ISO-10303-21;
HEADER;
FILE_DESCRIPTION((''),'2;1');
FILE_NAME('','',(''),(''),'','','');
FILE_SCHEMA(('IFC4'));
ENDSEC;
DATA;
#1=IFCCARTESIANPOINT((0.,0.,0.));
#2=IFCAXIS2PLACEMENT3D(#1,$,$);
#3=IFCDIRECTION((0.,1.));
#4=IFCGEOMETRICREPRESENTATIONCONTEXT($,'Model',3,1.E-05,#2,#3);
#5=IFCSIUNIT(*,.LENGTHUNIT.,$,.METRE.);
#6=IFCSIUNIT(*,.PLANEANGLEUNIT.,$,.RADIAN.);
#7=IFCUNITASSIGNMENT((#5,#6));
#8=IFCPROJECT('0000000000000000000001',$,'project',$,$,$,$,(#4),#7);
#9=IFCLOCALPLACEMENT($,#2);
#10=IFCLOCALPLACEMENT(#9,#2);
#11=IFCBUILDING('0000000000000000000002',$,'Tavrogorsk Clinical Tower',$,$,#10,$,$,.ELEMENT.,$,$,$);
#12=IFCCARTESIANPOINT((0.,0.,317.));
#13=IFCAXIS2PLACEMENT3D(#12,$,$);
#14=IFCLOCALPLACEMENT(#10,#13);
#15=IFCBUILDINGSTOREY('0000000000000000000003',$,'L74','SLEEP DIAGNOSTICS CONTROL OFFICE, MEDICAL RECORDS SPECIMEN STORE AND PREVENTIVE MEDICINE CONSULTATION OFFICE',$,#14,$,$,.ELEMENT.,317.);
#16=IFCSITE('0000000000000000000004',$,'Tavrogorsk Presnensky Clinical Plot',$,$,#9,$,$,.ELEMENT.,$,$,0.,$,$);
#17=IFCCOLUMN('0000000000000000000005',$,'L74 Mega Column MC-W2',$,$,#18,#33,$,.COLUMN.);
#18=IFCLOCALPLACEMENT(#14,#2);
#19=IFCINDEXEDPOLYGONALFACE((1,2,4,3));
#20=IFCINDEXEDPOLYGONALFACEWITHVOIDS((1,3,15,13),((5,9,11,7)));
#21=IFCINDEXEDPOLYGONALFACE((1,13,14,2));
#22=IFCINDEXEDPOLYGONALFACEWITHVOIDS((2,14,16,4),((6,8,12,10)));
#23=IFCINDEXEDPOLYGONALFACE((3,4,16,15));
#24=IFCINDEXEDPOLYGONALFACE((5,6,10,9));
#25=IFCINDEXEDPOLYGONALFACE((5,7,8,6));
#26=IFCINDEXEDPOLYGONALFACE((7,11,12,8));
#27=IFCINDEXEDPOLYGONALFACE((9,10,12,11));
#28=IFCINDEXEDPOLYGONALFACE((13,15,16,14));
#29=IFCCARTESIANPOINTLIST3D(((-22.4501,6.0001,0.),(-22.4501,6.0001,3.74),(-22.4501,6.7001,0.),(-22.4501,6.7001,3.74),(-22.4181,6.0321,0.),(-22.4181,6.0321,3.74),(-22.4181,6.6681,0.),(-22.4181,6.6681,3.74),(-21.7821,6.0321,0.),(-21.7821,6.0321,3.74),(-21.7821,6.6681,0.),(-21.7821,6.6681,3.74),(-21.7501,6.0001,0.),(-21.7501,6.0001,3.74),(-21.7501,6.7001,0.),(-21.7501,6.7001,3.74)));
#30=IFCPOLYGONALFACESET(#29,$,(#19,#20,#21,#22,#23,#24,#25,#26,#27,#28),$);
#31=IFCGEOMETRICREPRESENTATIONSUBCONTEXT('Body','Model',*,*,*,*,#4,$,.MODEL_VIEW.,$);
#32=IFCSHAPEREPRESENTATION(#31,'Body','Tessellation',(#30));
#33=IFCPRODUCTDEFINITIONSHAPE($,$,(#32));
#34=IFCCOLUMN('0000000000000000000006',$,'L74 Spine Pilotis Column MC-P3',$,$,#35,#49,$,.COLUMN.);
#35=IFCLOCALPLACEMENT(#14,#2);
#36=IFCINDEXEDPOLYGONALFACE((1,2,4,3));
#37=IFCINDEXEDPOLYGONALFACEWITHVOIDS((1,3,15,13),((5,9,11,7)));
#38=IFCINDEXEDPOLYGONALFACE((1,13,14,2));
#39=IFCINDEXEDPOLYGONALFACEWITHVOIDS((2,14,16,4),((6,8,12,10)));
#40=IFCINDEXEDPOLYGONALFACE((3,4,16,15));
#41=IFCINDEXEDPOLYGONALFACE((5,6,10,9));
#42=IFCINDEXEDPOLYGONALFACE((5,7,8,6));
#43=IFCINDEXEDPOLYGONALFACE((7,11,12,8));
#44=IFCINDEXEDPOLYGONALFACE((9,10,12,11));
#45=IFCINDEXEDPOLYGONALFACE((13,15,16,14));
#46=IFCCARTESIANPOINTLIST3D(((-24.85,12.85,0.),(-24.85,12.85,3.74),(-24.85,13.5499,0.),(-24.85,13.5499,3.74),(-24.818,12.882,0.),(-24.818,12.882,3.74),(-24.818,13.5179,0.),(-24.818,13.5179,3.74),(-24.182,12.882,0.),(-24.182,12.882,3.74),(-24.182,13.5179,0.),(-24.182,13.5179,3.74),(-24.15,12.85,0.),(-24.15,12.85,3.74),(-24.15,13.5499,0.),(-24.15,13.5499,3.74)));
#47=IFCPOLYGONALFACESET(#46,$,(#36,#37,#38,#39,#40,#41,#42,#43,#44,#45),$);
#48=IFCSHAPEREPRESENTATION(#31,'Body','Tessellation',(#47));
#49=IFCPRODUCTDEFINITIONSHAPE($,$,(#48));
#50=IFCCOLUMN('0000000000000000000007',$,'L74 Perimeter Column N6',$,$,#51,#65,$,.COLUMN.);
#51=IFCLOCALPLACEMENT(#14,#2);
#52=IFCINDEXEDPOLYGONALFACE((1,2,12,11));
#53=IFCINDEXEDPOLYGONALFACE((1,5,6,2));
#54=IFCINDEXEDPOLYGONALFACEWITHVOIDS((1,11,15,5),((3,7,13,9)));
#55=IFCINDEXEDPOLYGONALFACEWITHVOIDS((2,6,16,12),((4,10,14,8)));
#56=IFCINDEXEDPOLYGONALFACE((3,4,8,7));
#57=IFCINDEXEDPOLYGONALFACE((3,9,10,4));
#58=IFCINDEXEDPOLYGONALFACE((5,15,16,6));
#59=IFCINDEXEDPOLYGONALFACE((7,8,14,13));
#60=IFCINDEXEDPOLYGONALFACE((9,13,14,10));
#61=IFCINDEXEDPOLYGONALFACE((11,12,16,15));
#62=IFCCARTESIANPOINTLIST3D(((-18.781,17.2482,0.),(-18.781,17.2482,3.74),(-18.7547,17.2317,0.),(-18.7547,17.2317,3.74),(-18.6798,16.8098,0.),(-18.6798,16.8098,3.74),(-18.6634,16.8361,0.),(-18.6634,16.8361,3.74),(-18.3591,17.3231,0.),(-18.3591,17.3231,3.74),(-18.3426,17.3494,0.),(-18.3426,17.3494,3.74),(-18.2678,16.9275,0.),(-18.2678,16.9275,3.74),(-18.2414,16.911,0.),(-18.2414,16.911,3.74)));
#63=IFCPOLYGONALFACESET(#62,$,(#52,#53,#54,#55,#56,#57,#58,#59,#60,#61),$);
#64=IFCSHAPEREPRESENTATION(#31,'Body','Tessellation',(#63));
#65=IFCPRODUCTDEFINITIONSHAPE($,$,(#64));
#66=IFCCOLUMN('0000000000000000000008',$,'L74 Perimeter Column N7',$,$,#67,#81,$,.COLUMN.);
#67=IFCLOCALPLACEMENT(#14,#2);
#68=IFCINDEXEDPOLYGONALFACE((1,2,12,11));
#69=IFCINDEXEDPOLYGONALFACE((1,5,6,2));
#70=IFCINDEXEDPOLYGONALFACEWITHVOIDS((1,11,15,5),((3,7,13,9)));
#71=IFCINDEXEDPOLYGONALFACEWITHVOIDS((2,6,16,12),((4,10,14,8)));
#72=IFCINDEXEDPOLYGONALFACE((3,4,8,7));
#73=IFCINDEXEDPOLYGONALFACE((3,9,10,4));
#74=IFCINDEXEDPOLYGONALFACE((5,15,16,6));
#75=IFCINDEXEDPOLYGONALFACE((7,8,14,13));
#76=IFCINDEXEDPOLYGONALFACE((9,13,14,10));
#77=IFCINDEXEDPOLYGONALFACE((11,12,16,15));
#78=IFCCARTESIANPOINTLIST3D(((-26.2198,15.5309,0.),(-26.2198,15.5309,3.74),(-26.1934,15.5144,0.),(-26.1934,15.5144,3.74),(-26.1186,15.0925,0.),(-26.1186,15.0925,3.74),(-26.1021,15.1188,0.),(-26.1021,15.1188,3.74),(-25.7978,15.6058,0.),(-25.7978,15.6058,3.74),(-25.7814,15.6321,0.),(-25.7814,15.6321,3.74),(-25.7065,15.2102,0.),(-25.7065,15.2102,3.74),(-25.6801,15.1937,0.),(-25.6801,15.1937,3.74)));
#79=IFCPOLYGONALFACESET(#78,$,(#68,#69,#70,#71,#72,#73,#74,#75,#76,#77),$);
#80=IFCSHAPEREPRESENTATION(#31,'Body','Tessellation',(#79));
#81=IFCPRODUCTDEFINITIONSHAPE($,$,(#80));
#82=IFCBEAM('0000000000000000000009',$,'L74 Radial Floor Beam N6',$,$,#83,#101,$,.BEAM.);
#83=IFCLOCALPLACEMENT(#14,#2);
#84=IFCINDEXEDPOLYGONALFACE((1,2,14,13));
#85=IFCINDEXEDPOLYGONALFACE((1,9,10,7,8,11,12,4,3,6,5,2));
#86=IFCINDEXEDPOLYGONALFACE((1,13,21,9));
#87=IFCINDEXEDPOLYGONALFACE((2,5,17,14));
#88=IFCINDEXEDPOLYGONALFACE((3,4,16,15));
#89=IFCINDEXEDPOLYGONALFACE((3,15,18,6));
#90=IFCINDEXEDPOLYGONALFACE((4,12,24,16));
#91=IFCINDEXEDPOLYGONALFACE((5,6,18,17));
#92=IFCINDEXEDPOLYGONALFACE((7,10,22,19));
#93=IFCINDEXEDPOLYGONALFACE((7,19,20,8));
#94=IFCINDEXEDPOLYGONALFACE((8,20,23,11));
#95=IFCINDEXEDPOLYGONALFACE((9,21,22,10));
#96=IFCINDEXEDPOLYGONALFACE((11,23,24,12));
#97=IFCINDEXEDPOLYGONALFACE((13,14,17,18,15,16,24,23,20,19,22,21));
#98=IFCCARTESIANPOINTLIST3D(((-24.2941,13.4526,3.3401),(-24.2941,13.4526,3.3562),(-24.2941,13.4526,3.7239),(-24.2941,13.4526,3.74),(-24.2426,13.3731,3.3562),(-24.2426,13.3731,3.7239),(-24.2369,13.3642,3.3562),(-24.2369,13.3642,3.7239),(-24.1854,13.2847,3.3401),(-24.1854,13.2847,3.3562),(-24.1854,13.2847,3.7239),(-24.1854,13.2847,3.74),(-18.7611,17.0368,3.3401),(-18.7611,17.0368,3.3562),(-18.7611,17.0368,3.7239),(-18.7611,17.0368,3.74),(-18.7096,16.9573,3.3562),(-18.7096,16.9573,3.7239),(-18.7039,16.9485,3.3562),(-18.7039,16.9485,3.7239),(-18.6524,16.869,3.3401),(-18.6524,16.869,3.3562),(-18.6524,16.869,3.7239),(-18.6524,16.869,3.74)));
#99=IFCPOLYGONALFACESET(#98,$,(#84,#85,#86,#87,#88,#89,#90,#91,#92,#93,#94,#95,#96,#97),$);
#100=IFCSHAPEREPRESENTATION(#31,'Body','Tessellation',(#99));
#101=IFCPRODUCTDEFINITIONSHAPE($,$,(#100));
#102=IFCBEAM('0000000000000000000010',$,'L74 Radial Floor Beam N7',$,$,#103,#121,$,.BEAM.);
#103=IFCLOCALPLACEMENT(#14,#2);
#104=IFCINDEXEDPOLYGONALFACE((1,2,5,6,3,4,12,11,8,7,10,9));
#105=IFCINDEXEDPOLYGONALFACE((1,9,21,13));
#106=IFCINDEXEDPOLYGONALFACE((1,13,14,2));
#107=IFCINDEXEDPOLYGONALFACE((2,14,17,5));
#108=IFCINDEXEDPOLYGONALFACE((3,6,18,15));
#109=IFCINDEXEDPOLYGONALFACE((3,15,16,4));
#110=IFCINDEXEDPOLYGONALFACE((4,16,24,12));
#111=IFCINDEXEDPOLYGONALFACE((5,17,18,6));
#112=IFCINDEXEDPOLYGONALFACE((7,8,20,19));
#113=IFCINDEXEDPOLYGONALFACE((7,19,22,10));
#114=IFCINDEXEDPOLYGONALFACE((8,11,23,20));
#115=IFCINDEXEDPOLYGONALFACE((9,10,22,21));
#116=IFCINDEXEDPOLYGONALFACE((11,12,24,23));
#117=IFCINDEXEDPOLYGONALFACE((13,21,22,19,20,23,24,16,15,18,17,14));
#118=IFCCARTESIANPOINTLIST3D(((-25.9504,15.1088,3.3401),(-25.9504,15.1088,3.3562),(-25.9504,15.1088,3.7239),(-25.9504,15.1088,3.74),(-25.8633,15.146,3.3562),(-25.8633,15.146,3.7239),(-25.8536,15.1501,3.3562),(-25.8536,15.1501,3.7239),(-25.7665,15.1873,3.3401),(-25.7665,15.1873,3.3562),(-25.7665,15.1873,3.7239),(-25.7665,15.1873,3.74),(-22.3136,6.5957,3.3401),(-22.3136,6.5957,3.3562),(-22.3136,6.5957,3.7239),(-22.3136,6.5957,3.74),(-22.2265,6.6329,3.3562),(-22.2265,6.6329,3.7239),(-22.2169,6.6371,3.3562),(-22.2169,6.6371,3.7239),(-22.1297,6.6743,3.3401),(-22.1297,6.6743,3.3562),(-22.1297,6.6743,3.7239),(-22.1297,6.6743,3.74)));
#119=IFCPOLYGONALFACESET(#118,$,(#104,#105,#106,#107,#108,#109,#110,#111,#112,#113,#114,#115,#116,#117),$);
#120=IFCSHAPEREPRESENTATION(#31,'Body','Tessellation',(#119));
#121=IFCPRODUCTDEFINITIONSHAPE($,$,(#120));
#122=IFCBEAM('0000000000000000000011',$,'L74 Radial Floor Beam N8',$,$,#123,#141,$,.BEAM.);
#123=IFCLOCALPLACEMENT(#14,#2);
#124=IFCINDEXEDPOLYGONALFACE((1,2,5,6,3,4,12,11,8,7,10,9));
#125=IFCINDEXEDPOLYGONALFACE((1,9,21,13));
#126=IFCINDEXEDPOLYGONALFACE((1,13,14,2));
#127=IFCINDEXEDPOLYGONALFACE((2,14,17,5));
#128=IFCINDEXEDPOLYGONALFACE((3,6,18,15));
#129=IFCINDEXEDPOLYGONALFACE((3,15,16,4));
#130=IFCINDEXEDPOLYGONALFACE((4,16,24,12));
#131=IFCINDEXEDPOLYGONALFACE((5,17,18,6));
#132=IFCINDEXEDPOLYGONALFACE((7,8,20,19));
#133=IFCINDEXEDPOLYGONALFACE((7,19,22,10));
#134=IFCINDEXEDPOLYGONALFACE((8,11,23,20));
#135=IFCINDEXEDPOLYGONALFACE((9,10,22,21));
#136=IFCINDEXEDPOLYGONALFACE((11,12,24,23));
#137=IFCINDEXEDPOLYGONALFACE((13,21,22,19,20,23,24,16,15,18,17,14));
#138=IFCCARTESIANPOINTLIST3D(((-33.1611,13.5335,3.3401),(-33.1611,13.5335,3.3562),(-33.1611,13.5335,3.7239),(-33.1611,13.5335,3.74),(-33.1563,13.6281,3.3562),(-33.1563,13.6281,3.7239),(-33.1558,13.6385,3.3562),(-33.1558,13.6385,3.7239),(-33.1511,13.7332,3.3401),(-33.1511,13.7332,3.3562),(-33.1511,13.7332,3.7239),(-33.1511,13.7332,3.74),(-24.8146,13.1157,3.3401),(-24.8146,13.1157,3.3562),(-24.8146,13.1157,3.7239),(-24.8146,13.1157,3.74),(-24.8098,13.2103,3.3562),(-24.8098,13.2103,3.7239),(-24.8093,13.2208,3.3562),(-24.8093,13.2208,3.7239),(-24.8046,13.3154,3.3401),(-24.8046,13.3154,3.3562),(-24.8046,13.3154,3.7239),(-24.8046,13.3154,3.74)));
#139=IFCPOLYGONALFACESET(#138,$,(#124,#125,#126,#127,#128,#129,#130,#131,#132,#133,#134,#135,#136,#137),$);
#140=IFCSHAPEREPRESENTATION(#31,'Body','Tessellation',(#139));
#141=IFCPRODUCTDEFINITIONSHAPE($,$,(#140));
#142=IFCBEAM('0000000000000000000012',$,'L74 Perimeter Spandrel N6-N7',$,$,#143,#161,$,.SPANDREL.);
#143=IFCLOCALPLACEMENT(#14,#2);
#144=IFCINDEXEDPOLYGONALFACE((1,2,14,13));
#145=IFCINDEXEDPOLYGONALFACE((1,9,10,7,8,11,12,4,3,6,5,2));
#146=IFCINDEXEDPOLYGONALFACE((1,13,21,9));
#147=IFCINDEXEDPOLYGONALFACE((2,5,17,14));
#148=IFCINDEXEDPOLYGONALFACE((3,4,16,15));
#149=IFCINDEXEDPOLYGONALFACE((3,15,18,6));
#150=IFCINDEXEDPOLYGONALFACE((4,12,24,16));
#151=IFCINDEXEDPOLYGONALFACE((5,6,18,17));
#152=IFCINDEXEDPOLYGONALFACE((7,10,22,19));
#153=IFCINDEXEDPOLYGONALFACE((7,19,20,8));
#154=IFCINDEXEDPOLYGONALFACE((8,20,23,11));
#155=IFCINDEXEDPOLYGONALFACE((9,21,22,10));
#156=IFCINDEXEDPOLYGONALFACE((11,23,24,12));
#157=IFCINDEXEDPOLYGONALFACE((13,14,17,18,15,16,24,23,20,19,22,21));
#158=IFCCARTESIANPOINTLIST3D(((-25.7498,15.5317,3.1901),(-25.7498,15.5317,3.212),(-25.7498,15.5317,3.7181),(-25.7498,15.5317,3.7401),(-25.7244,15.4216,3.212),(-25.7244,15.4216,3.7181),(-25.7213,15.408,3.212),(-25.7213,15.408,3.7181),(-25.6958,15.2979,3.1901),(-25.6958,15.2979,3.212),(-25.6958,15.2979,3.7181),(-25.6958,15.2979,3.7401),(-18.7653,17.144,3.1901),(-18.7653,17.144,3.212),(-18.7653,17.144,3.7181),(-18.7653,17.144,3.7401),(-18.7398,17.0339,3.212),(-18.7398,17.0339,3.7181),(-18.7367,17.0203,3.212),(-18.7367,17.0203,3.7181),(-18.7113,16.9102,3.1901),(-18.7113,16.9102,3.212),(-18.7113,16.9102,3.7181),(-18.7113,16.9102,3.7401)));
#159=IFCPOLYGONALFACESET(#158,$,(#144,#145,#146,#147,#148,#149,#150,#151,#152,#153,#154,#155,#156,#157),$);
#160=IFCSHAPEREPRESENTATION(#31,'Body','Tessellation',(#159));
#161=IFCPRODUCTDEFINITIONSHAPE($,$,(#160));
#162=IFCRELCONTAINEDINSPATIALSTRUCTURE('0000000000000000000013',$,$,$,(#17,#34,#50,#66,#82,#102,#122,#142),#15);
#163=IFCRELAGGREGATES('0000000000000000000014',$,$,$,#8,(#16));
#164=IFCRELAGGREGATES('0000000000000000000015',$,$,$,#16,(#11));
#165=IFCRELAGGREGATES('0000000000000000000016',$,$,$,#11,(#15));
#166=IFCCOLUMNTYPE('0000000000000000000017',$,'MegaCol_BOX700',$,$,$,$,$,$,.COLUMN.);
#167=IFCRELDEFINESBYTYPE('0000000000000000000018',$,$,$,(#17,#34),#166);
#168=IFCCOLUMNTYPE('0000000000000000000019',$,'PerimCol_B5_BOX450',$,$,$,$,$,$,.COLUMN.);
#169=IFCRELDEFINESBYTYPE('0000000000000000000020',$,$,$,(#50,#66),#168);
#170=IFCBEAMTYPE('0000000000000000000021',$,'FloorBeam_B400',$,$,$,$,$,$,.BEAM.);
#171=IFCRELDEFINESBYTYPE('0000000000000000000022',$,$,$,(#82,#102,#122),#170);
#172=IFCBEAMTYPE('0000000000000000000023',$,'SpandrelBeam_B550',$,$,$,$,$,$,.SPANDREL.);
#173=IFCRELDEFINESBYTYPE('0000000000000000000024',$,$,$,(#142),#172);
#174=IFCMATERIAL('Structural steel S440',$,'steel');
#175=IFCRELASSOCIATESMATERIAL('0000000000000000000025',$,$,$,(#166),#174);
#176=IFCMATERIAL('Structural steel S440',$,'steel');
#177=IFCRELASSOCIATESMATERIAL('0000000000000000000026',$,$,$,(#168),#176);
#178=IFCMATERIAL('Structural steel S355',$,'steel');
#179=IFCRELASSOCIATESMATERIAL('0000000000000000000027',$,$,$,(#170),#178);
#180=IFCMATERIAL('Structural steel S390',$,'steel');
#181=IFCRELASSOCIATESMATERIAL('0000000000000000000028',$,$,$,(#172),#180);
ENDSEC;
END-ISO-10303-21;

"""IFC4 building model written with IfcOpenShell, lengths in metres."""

from ifc_helpers import new_model, si_unit, direction, frame, origin, origin_2d, place, context, subcontext, project, spatial, hollow_rectangle, i_section, extrude, material, material_profile, profile_set, type_object, element, save


model = new_model("IFC4")

# Units and contexts
model_context = context("Model", 3, precision=1e-05, world=origin(), true_north=direction((0.0, 1.0)))
body_context = subcontext(model_context, "Body", "Model", "MODEL_VIEW")
ifc_project = project(units=[si_unit("LENGTHUNIT", "METRE"), si_unit("PLANEANGLEUNIT", "RADIAN")], contexts=[model_context])

# Site, building, storey
site_placement = place(None, origin())
site = spatial("IfcSite", under=ifc_project, at=site_placement, Name="Tavrogorsk Presnensky Clinical Plot", CompositionType="ELEMENT", RefElevation=0.0)
building_placement = place(site_placement, origin())
building = spatial("IfcBuilding", under=site, at=building_placement, Name="Tavrogorsk Clinical Tower", CompositionType="ELEMENT")
storey_placement = place(building_placement, frame((0.0, 0.0, 317.0)))
storey = spatial("IfcBuildingStorey", under=building, at=storey_placement, Name="L74", Description="SLEEP DIAGNOSTICS CONTROL OFFICE, MEDICAL RECORDS SPECIMEN STORE AND PREVENTIVE MEDICINE CONSULTATION OFFICE", CompositionType="ELEMENT", Elevation=317.0)

# Columns
ifc_material_1 = material(Name="Structural steel S440", Category="steel")
ifc_material_profile_1 = material_profile(ifc_material_1, hollow_rectangle(XDim=0.7, YDim=0.7, WallThickness=0.032, at=origin_2d()), Name="BOX-700x700x32")
ifc_profile_set_1 = profile_set([ifc_material_profile_1], Name="Structural steel S440")
column_type_1 = type_object("IfcColumnType", Name="MegaCol_BOX700", PredefinedType="COLUMN", material=ifc_profile_set_1)
for number, where, z_axis, x_axis, name in (
    (1, (-22.1001, 6.3501, 0.0), (0.0, 0.0, 1.0), (1.0, 0.0, 0.0), "L74 Mega Column MC-W2"),
    (2, (-24.5, 13.2, 0.0), (0.0, 0.0, 1.0), (1.0, 0.0, 0.0), "L74 Spine Pilotis Column MC-P3"),
):
    element("IfcColumn", number, at=place(storey_placement, frame(where, z_axis=z_axis, x_axis=x_axis)), inside=storey, type_object=column_type_1, Name=name, PredefinedType="COLUMN", context=body_context, shape_type="SweptSolid", body=[
        extrude(hollow_rectangle(XDim=0.7, YDim=0.7, WallThickness=0.032, at=origin_2d()), origin(), (0.0, 0.0, 1.0), 3.74),
    ])
ifc_material_2 = material(Name="Structural steel S440", Category="steel")
ifc_material_profile_2 = material_profile(ifc_material_2, hollow_rectangle(XDim=0.45, YDim=0.45, WallThickness=0.022, at=origin_2d()), Name="BOX-450x450x22")
ifc_profile_set_2 = profile_set([ifc_material_profile_2], Name="Structural steel S440")
column_type_2 = type_object("IfcColumnType", Name="PerimCol_B5_BOX450", PredefinedType="COLUMN", material=ifc_profile_set_2)
for number, where, z_axis, x_axis, name in (
    (3, (-18.5112, 17.0796, 0.0), (0.0, 0.0, 1.0), (0.97437, 0.224951, 0.0), "L74 Perimeter Column N6"),
    (4, (-25.95, 15.3623, 0.0), (0.0, 0.0, 1.0), (0.97437, 0.224951, 0.0), "L74 Perimeter Column N7"),
):
    element("IfcColumn", number, at=place(storey_placement, frame(where, z_axis=z_axis, x_axis=x_axis)), inside=storey, type_object=column_type_2, Name=name, PredefinedType="COLUMN", context=body_context, shape_type="SweptSolid", body=[
        extrude(hollow_rectangle(XDim=0.45, YDim=0.45, WallThickness=0.022, at=origin_2d()), origin(), (0.0, 0.0, 1.0), 3.74),
    ])

# Beams
ifc_material_3 = material(Name="Structural steel S355", Category="steel")
ifc_material_profile_3 = material_profile(ifc_material_3, i_section(OverallWidth=0.2, OverallDepth=0.3999, WebThickness=0.0105, FlangeThickness=0.0161, at=origin_2d()), Name="B-400x200x10.5x16")
ifc_profile_set_3 = profile_set([ifc_material_profile_3], Name="Structural steel S355")
beam_type_1 = type_object("IfcBeamType", Name="FloorBeam_B400", PredefinedType="BEAM", material=ifc_profile_set_3)
beam_1_placement = place(storey_placement, frame((-24.2397, 13.3687, 3.54), z_axis=(0.839288, 0.543687, 0.0), x_axis=(-0.543687, 0.839288, 0.0)))
element("IfcBeam", 5, at=beam_1_placement, inside=storey, type_object=beam_type_1, Name="L74 Radial Floor Beam N6", PredefinedType="BEAM", context=body_context, shape_type="SweptSolid", body=[
    extrude(i_section(OverallWidth=0.2, OverallDepth=0.3999, WebThickness=0.0105, FlangeThickness=0.0161, at=origin_2d()), origin(), (0.0, 0.0, 1.0), 6.5925),
])
beam_2_placement = place(storey_placement, frame((-22.2217, 6.635, 3.54), z_axis=(-0.392853, 0.919601, 0.0), x_axis=(-0.919601, -0.392853, 0.0)))
element("IfcBeam", 6, at=beam_2_placement, inside=storey, type_object=beam_type_1, Name="L74 Radial Floor Beam N7", PredefinedType="BEAM", context=body_context, shape_type="SweptSolid", body=[
    extrude(i_section(OverallWidth=0.2, OverallDepth=0.3999, WebThickness=0.0105, FlangeThickness=0.0161, at=origin_2d()), origin(), (0.0, 0.0, 1.0), 9.2573),
])
beam_3_placement = place(storey_placement, frame((-24.8096, 13.2156, 3.54), z_axis=(-0.99875, 0.049986, 0.0), x_axis=(-0.049986, -0.99875, 0.0)))
element("IfcBeam", 7, at=beam_3_placement, inside=storey, type_object=beam_type_1, Name="L74 Radial Floor Beam N8", PredefinedType="BEAM", context=body_context, shape_type="SweptSolid", body=[
    extrude(i_section(OverallWidth=0.2, OverallDepth=0.3999, WebThickness=0.0105, FlangeThickness=0.0161, at=origin_2d()), origin(), (0.0, 0.0, 1.0), 8.3569),
])
ifc_material_4 = material(Name="Structural steel S390", Category="steel")
ifc_material_profile_4 = material_profile(ifc_material_4, i_section(OverallWidth=0.24, OverallDepth=0.55, WebThickness=0.0139, FlangeThickness=0.022, at=origin_2d()), Name="B-550x240x14x22")
ifc_profile_set_4 = profile_set([ifc_material_profile_4], Name="Structural steel S390")
beam_type_2 = type_object("IfcBeamType", Name="SpandrelBeam_B550", PredefinedType="SPANDREL", material=ifc_profile_set_4)
beam_4_placement = place(storey_placement, frame((-18.7383, 17.0271, 3.4651), z_axis=(-0.974377, -0.224922, 0.0), x_axis=(0.224922, -0.974377, 0.0)))
element("IfcBeam", 8, at=beam_4_placement, inside=storey, type_object=beam_type_2, Name="L74 Perimeter Spandrel N6-N7", PredefinedType="SPANDREL", context=body_context, shape_type="SweptSolid", body=[
    extrude(i_section(OverallWidth=0.24, OverallDepth=0.55, WebThickness=0.0139, FlangeThickness=0.022, at=origin_2d()), origin(), (0.0, 0.0, 1.0), 7.1682),
])

save(model, "model.ifc")
